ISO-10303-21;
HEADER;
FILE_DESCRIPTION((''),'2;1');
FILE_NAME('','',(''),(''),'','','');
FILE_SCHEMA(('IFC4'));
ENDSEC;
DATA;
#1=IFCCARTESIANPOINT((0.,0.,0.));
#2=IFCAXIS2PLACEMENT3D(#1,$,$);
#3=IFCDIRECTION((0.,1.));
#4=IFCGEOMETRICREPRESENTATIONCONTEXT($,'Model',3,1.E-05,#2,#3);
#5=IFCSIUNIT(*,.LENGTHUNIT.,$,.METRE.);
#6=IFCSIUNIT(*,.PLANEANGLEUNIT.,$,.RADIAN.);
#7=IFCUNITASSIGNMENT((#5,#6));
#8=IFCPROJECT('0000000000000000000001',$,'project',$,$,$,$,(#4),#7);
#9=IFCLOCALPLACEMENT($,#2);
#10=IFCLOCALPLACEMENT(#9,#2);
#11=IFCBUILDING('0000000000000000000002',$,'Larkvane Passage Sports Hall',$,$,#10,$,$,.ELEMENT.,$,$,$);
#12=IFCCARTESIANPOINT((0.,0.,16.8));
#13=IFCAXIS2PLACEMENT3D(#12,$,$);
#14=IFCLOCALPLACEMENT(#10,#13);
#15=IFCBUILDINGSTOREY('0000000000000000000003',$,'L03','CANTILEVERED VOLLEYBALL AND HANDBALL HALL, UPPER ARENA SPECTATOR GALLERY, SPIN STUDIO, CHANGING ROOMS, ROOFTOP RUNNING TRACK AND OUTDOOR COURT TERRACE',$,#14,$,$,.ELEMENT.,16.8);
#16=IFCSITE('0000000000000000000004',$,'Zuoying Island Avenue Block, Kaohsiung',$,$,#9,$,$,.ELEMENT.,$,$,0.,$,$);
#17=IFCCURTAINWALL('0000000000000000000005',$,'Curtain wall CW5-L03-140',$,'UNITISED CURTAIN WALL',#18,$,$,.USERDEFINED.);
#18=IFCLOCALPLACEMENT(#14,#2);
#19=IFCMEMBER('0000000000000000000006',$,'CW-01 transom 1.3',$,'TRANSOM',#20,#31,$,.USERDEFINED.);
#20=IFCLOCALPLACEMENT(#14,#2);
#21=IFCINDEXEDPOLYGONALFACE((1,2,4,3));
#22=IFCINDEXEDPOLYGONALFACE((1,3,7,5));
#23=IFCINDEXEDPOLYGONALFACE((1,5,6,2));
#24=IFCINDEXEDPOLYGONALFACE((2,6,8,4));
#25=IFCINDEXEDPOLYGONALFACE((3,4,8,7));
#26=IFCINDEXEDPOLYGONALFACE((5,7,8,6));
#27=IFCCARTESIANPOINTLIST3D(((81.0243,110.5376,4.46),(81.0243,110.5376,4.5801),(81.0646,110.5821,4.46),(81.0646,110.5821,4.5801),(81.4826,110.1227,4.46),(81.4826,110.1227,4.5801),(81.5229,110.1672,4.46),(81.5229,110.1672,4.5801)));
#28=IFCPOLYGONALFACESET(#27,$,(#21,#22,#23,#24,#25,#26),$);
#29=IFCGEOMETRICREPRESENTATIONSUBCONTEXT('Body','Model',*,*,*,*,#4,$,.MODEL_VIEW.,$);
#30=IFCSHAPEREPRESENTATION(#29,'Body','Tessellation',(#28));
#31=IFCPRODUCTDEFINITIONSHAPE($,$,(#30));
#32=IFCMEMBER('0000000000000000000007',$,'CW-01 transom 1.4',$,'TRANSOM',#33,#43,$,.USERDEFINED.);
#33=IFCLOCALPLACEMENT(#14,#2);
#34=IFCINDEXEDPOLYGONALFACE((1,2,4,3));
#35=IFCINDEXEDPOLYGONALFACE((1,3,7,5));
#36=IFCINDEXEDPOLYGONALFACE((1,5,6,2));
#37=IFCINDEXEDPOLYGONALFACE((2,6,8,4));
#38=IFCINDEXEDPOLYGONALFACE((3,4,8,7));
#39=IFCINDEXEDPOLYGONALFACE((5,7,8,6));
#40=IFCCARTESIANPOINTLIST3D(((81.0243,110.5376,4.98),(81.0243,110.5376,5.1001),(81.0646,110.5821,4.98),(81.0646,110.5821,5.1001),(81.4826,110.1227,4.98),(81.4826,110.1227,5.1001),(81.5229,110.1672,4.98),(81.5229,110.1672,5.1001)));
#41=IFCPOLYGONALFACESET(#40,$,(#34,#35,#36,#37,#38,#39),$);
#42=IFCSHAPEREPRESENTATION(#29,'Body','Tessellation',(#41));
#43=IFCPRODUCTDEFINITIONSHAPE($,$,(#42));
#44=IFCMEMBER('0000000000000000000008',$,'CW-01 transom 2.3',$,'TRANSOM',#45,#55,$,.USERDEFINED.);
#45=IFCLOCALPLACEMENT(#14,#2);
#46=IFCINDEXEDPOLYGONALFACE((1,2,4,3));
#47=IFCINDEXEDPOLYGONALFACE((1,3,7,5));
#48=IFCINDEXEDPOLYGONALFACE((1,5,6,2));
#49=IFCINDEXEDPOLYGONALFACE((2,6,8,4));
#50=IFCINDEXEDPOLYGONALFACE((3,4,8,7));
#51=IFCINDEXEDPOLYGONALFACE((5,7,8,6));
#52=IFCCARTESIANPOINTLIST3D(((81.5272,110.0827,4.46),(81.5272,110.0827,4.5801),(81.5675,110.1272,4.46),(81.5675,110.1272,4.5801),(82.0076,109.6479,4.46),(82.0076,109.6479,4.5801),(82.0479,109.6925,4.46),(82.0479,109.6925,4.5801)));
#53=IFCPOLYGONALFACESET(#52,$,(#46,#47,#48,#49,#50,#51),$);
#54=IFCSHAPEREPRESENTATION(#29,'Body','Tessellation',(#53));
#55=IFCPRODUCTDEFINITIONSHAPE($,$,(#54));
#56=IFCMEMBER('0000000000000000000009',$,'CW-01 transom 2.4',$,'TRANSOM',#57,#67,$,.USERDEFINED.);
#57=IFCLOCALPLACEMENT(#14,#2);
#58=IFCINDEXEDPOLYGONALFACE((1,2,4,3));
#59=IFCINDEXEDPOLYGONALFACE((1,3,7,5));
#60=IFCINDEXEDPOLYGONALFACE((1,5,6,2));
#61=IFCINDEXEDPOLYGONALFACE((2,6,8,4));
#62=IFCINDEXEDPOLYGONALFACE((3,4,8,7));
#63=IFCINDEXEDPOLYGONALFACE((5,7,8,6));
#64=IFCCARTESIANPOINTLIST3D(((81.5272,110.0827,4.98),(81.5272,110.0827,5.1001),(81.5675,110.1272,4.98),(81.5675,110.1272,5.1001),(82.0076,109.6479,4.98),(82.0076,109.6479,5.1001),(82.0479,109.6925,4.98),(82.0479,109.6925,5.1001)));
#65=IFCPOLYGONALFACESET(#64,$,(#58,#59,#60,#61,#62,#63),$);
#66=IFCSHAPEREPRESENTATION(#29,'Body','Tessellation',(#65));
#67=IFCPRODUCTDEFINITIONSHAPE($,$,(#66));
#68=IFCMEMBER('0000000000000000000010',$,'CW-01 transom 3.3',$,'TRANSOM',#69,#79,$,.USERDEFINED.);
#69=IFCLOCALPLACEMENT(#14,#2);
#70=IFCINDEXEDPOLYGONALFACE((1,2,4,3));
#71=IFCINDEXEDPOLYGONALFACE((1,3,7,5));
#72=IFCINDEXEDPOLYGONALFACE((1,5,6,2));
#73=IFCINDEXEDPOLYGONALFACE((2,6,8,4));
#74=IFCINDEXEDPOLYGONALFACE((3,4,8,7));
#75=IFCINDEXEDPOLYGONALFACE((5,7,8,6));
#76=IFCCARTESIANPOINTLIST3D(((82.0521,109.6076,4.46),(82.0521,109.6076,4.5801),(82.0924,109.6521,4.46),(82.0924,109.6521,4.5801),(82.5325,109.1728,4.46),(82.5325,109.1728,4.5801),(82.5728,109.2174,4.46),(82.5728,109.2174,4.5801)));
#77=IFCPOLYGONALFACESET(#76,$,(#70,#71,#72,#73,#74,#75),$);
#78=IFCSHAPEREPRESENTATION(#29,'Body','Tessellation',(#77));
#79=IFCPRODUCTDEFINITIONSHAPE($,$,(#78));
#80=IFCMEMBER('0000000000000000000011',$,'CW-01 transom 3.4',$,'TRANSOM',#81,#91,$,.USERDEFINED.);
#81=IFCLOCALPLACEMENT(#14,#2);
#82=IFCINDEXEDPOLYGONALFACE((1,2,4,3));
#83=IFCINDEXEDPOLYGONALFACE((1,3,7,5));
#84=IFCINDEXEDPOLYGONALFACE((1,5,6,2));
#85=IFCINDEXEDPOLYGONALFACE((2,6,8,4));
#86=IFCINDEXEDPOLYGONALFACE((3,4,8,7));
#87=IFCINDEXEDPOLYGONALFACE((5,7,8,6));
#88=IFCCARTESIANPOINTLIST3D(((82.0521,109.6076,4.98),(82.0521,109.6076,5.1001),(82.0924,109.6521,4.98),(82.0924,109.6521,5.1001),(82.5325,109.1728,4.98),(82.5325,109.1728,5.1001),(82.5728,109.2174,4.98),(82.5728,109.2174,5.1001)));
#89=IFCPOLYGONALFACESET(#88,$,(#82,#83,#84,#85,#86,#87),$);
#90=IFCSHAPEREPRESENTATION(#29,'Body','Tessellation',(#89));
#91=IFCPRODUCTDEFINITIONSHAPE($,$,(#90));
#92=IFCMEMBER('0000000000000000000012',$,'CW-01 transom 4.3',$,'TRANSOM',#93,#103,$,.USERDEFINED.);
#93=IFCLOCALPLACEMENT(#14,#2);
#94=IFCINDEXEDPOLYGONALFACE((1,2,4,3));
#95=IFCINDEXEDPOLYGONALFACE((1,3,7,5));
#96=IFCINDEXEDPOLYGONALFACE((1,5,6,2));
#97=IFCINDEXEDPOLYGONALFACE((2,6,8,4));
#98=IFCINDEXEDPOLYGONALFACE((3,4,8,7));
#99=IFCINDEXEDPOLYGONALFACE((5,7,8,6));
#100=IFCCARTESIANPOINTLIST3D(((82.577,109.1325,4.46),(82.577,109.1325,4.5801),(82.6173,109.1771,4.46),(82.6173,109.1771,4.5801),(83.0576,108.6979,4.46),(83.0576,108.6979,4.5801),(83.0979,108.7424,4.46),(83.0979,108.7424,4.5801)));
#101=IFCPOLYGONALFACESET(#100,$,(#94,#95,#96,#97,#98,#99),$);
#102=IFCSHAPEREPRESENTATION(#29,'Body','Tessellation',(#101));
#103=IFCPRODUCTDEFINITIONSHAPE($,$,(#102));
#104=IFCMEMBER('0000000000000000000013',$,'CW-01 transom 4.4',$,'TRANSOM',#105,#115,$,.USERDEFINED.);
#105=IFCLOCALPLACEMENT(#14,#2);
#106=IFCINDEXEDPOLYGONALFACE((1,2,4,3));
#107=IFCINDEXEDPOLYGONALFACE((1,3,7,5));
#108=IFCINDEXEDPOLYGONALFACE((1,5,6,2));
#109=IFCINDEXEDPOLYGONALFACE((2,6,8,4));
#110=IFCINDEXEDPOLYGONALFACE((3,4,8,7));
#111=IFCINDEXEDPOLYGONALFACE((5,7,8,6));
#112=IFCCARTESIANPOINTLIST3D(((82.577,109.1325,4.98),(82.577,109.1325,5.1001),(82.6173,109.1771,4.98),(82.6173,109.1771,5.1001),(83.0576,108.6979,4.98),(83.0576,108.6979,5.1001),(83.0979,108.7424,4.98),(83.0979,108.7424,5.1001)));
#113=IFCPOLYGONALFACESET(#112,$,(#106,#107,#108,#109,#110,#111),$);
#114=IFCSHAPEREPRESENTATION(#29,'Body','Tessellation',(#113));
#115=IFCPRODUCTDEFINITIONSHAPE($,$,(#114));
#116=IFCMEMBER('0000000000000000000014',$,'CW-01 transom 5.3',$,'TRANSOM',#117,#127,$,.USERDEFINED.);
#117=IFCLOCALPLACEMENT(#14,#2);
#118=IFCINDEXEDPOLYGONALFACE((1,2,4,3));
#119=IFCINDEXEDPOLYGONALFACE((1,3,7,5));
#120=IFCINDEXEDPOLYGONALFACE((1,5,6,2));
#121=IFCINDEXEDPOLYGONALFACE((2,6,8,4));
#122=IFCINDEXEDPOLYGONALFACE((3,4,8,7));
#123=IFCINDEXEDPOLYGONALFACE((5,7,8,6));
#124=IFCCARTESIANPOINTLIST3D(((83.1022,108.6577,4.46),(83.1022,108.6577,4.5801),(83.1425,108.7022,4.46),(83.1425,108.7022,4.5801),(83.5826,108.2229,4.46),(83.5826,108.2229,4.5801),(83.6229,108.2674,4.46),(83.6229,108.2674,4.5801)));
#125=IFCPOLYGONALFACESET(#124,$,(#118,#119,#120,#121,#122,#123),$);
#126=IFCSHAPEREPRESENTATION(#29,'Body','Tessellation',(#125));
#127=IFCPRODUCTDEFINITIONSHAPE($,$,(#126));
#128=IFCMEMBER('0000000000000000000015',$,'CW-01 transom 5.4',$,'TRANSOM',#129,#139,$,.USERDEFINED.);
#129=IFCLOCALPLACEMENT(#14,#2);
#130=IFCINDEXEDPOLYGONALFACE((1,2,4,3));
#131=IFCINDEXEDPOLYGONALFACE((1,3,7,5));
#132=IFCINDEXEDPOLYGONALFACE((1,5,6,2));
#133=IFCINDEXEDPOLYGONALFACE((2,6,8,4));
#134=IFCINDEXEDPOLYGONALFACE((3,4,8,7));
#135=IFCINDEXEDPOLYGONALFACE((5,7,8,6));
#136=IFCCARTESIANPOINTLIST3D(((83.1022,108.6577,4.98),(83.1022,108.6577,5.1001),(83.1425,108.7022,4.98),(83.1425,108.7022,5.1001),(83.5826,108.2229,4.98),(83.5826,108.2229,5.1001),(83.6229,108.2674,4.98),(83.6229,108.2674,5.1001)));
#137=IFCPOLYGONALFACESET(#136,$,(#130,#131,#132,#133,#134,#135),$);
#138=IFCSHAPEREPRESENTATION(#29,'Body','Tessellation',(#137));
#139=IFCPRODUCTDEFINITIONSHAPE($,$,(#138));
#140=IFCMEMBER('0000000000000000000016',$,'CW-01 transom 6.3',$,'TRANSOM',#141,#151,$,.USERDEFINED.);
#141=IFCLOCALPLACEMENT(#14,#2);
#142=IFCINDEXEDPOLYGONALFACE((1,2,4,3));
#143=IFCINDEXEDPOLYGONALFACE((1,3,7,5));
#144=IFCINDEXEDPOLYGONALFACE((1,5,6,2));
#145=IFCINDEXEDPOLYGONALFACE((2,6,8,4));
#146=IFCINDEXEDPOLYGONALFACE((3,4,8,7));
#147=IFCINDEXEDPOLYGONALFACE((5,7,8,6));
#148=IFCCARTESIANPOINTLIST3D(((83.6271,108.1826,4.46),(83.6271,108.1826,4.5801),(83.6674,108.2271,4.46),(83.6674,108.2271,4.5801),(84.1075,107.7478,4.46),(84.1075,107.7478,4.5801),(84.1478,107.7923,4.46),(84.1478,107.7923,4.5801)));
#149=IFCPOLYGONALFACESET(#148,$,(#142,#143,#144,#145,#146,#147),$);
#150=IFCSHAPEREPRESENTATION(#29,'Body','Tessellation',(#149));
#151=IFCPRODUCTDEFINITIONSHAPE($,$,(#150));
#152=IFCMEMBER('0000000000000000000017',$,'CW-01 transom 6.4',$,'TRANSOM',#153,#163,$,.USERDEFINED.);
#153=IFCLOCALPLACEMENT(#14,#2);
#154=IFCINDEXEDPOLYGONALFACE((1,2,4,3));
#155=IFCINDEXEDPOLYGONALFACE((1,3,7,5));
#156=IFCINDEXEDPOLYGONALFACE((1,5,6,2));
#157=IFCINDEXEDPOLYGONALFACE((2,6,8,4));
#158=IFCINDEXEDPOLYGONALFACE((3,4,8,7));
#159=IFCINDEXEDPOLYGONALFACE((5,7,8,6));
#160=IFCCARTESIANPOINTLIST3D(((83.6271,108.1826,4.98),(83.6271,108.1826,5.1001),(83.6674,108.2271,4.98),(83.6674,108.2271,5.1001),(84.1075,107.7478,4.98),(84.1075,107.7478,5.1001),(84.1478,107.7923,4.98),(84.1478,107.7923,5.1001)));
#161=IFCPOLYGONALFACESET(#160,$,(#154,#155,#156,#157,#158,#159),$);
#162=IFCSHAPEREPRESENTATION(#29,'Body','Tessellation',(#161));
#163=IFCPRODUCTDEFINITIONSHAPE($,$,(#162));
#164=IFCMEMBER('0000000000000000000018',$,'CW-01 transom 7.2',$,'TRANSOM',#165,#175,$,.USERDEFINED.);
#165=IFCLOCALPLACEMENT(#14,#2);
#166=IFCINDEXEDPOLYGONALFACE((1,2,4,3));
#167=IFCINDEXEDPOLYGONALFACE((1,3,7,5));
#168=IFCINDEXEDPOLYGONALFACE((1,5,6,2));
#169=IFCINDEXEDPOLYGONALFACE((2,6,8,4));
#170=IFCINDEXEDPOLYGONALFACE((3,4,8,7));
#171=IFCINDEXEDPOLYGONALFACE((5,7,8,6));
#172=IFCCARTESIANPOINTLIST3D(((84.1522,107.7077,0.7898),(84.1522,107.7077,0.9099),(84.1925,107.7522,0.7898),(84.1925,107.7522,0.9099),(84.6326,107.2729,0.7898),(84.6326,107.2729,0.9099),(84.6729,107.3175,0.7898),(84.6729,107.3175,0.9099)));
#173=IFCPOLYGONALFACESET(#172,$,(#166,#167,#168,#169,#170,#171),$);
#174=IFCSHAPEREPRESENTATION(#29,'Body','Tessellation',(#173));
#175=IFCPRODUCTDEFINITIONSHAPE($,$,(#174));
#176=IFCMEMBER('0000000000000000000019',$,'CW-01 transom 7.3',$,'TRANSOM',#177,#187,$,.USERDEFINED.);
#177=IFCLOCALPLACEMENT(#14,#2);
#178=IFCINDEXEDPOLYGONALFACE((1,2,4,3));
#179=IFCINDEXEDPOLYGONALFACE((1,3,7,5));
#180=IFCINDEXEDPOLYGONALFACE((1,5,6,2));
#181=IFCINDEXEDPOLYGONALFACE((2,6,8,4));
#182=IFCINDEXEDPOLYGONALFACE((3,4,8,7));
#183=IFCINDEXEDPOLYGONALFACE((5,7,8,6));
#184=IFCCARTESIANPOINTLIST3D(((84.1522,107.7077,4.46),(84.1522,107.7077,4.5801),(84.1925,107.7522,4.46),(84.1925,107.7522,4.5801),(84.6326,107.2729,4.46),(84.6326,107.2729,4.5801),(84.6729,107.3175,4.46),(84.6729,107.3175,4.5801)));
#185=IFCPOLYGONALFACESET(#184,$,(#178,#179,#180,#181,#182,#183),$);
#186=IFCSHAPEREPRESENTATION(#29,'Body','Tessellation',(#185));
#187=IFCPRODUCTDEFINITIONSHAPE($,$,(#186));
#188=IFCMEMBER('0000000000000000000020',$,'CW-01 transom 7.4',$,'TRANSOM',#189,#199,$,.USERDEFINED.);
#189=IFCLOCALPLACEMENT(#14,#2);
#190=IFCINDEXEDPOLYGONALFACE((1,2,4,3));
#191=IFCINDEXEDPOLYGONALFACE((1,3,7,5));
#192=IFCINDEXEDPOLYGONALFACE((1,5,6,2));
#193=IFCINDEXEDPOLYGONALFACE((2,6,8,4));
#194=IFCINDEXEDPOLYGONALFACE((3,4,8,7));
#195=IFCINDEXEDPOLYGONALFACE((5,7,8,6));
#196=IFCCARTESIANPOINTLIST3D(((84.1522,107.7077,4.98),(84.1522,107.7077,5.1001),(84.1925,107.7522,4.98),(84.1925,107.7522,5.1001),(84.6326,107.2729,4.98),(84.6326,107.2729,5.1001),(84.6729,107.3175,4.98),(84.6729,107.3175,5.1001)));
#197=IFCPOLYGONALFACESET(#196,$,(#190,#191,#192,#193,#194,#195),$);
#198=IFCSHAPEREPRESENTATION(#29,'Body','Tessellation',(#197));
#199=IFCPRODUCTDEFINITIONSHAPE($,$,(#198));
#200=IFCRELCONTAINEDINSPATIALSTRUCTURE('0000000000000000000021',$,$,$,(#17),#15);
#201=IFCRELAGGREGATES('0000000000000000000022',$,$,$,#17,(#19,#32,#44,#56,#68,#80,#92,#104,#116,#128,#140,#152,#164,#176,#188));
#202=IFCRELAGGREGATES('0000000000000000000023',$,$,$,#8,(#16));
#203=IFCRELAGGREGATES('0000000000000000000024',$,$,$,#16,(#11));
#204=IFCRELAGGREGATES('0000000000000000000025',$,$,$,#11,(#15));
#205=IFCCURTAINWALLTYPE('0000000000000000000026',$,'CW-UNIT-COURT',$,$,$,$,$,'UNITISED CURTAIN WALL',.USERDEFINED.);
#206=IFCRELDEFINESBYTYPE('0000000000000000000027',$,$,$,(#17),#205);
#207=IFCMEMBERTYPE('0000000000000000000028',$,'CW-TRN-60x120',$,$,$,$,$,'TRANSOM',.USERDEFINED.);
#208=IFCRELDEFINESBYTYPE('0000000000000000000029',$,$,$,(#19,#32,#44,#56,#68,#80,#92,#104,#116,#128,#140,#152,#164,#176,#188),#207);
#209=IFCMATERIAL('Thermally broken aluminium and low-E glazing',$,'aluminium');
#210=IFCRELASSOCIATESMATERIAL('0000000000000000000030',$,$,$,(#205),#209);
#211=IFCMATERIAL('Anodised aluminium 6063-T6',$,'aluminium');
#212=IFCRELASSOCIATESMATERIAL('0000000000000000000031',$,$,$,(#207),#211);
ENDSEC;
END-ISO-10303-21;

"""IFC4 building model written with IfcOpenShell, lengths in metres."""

from ifc_helpers import new_model, si_unit, direction, frame, origin, origin_2d, place, context, subcontext, project, spatial, rectangle, extrude, material, material_profile, profile_set, type_object, element, aggregate, save


model = new_model("IFC4")

# Units and contexts
model_context = context("Model", 3, precision=1e-05, world=origin(), true_north=direction((0.0, 1.0)))
body_context = subcontext(model_context, "Body", "Model", "MODEL_VIEW")
ifc_project = project(units=[si_unit("LENGTHUNIT", "METRE"), si_unit("PLANEANGLEUNIT", "RADIAN")], contexts=[model_context])

# Site, building, storey
site_placement = place(None, origin())
site = spatial("IfcSite", under=ifc_project, at=site_placement, Name="Zuoying Island Avenue Block, Kaohsiung", CompositionType="ELEMENT", RefElevation=0.0)
building_placement = place(site_placement, origin())
building = spatial("IfcBuilding", under=site, at=building_placement, Name="Larkvane Passage Sports Hall", CompositionType="ELEMENT")
storey_placement = place(building_placement, frame((0.0, 0.0, 16.8)))
storey = spatial("IfcBuildingStorey", under=building, at=storey_placement, Name="L03", Description="CANTILEVERED VOLLEYBALL AND HANDBALL HALL, UPPER ARENA SPECTATOR GALLERY, SPIN STUDIO, CHANGING ROOMS, ROOFTOP RUNNING TRACK AND OUTDOOR COURT TERRACE", CompositionType="ELEMENT", Elevation=16.8)

# Curtain wall, members
ifc_material_1 = material(Name="Thermally broken aluminium and low-E glazing", Category="aluminium")
curtain_wall_type = type_object("IfcCurtainWallType", Name="CW-UNIT-COURT", ElementType="UNITISED CURTAIN WALL", PredefinedType="USERDEFINED", material=ifc_material_1)
curtain_wall_placement = place(storey_placement, origin())
curtain_wall = element("IfcCurtainWall", 1, at=curtain_wall_placement, inside=storey, type_object=curtain_wall_type, Name="Curtain wall CW5-L03-140", ObjectType="UNITISED CURTAIN WALL", PredefinedType="USERDEFINED")
ifc_material_2 = material(Name="Anodised aluminium 6063-T6", Category="aluminium")
ifc_material_profile = material_profile(ifc_material_2, rectangle(XDim=0.0601, YDim=0.1201, at=origin_2d()), Name="ALU-TRN-60x120")
ifc_profile_set = profile_set([ifc_material_profile], Name="Anodised aluminium 6063-T6")
member_type = type_object("IfcMemberType", Name="CW-TRN-60x120", ElementType="TRANSOM", PredefinedType="USERDEFINED", material=ifc_profile_set)
member_1_placement = place(storey_placement, frame((81.0444, 110.5598, 4.52), z_axis=(0.741386, -0.671079, 0.0), x_axis=(0.671079, 0.741386, 0.0)))
member_1 = element("IfcMember", 2, at=member_1_placement, type_object=member_type, Name="CW-01 transom 1.3", ObjectType="TRANSOM", PredefinedType="USERDEFINED", context=body_context, shape_type="SweptSolid", body=[
    extrude(rectangle(XDim=0.0601, YDim=0.1201, at=origin_2d()), origin(), (0.0, 0.0, 1.0), 0.6182),
])
member_2_placement = place(storey_placement, frame((81.0444, 110.5598, 5.04), z_axis=(0.741386, -0.671079, 0.0), x_axis=(0.671079, 0.741386, 0.0)))
member_2 = element("IfcMember", 3, at=member_2_placement, type_object=member_type, Name="CW-01 transom 1.4", ObjectType="TRANSOM", PredefinedType="USERDEFINED", context=body_context, shape_type="SweptSolid", body=[
    extrude(rectangle(XDim=0.0601, YDim=0.1201, at=origin_2d()), origin(), (0.0, 0.0, 1.0), 0.6182),
])
member_3_placement = place(storey_placement, frame((81.5474, 110.105, 4.52), z_axis=(0.741455, -0.671002, 0.0), x_axis=(0.671002, 0.741455, 0.0)))
member_3 = element("IfcMember", 4, at=member_3_placement, type_object=member_type, Name="CW-01 transom 2.3", ObjectType="TRANSOM", PredefinedType="USERDEFINED", context=body_context, shape_type="SweptSolid", body=[
    extrude(rectangle(XDim=0.0601, YDim=0.1201, at=origin_2d()), origin(), (0.0, 0.0, 1.0), 0.6479),
])
member_4_placement = place(storey_placement, frame((81.5474, 110.105, 5.04), z_axis=(0.741455, -0.671002, 0.0), x_axis=(0.671002, 0.741455, 0.0)))
member_4 = element("IfcMember", 5, at=member_4_placement, type_object=member_type, Name="CW-01 transom 2.4", ObjectType="TRANSOM", PredefinedType="USERDEFINED", context=body_context, shape_type="SweptSolid", body=[
    extrude(rectangle(XDim=0.0601, YDim=0.1201, at=origin_2d()), origin(), (0.0, 0.0, 1.0), 0.6479),
])
member_5_placement = place(storey_placement, frame((82.0723, 109.6299, 4.52), z_axis=(0.741455, -0.671002, 0.0), x_axis=(0.671002, 0.741455, 0.0)))
member_5 = element("IfcMember", 6, at=member_5_placement, type_object=member_type, Name="CW-01 transom 3.3", ObjectType="TRANSOM", PredefinedType="USERDEFINED", context=body_context, shape_type="SweptSolid", body=[
    extrude(rectangle(XDim=0.0601, YDim=0.1201, at=origin_2d()), origin(), (0.0, 0.0, 1.0), 0.6479),
])
member_6_placement = place(storey_placement, frame((82.0723, 109.6299, 5.04), z_axis=(0.741455, -0.671002, 0.0), x_axis=(0.671002, 0.741455, 0.0)))
member_6 = element("IfcMember", 7, at=member_6_placement, type_object=member_type, Name="CW-01 transom 3.4", ObjectType="TRANSOM", PredefinedType="USERDEFINED", context=body_context, shape_type="SweptSolid", body=[
    extrude(rectangle(XDim=0.0601, YDim=0.1201, at=origin_2d()), origin(), (0.0, 0.0, 1.0), 0.6479),
])
member_7_placement = place(storey_placement, frame((82.5972, 109.1548, 4.52), z_axis=(0.741643, -0.670795, 0.0), x_axis=(0.670795, 0.741643, 0.0)))
member_7 = element("IfcMember", 8, at=member_7_placement, type_object=member_type, Name="CW-01 transom 4.3", ObjectType="TRANSOM", PredefinedType="USERDEFINED", context=body_context, shape_type="SweptSolid", body=[
    extrude(rectangle(XDim=0.0601, YDim=0.1201, at=origin_2d()), origin(), (0.0, 0.0, 1.0), 0.6479),
])
member_8_placement = place(storey_placement, frame((82.5972, 109.1548, 5.04), z_axis=(0.741643, -0.670795, 0.0), x_axis=(0.670795, 0.741643, 0.0)))
member_8 = element("IfcMember", 9, at=member_8_placement, type_object=member_type, Name="CW-01 transom 4.4", ObjectType="TRANSOM", PredefinedType="USERDEFINED", context=body_context, shape_type="SweptSolid", body=[
    extrude(rectangle(XDim=0.0601, YDim=0.1201, at=origin_2d()), origin(), (0.0, 0.0, 1.0), 0.6479),
])
member_9_placement = place(storey_placement, frame((83.1223, 108.6799, 4.52), z_axis=(0.741455, -0.671002, 0.0), x_axis=(0.671002, 0.741455, 0.0)))
member_9 = element("IfcMember", 10, at=member_9_placement, type_object=member_type, Name="CW-01 transom 5.3", ObjectType="TRANSOM", PredefinedType="USERDEFINED", context=body_context, shape_type="SweptSolid", body=[
    extrude(rectangle(XDim=0.0601, YDim=0.1201, at=origin_2d()), origin(), (0.0, 0.0, 1.0), 0.6479),
])
member_10_placement = place(storey_placement, frame((83.1223, 108.6799, 5.04), z_axis=(0.741455, -0.671002, 0.0), x_axis=(0.671002, 0.741455, 0.0)))
member_10 = element("IfcMember", 11, at=member_10_placement, type_object=member_type, Name="CW-01 transom 5.4", ObjectType="TRANSOM", PredefinedType="USERDEFINED", context=body_context, shape_type="SweptSolid", body=[
    extrude(rectangle(XDim=0.0601, YDim=0.1201, at=origin_2d()), origin(), (0.0, 0.0, 1.0), 0.6479),
])
member_11_placement = place(storey_placement, frame((83.6472, 108.2048, 4.52), z_axis=(0.741455, -0.671002, 0.0), x_axis=(0.671002, 0.741455, 0.0)))
member_11 = element("IfcMember", 12, at=member_11_placement, type_object=member_type, Name="CW-01 transom 6.3", ObjectType="TRANSOM", PredefinedType="USERDEFINED", context=body_context, shape_type="SweptSolid", body=[
    extrude(rectangle(XDim=0.0601, YDim=0.1201, at=origin_2d()), origin(), (0.0, 0.0, 1.0), 0.6479),
])
member_12_placement = place(storey_placement, frame((83.6472, 108.2048, 5.04), z_axis=(0.741455, -0.671002, 0.0), x_axis=(0.671002, 0.741455, 0.0)))
member_12 = element("IfcMember", 13, at=member_12_placement, type_object=member_type, Name="CW-01 transom 6.4", ObjectType="TRANSOM", PredefinedType="USERDEFINED", context=body_context, shape_type="SweptSolid", body=[
    extrude(rectangle(XDim=0.0601, YDim=0.1201, at=origin_2d()), origin(), (0.0, 0.0, 1.0), 0.6479),
])
member_13_placement = place(storey_placement, frame((84.1724, 107.73, 0.8499), z_axis=(0.741455, -0.671002, 0.0), x_axis=(0.671002, 0.741455, 0.0)))
member_13 = element("IfcMember", 14, at=member_13_placement, type_object=member_type, Name="CW-01 transom 7.2", ObjectType="TRANSOM", PredefinedType="USERDEFINED", context=body_context, shape_type="SweptSolid", body=[
    extrude(rectangle(XDim=0.0601, YDim=0.1201, at=origin_2d()), origin(), (0.0, 0.0, 1.0), 0.6479),
])
member_14_placement = place(storey_placement, frame((84.1724, 107.73, 4.52), z_axis=(0.741455, -0.671002, 0.0), x_axis=(0.671002, 0.741455, 0.0)))
member_14 = element("IfcMember", 15, at=member_14_placement, type_object=member_type, Name="CW-01 transom 7.3", ObjectType="TRANSOM", PredefinedType="USERDEFINED", context=body_context, shape_type="SweptSolid", body=[
    extrude(rectangle(XDim=0.0601, YDim=0.1201, at=origin_2d()), origin(), (0.0, 0.0, 1.0), 0.6479),
])
member_15_placement = place(storey_placement, frame((84.1724, 107.73, 5.04), z_axis=(0.741455, -0.671002, 0.0), x_axis=(0.671002, 0.741455, 0.0)))
member_15 = element("IfcMember", 16, at=member_15_placement, type_object=member_type, Name="CW-01 transom 7.4", ObjectType="TRANSOM", PredefinedType="USERDEFINED", context=body_context, shape_type="SweptSolid", body=[
    extrude(rectangle(XDim=0.0601, YDim=0.1201, at=origin_2d()), origin(), (0.0, 0.0, 1.0), 0.6479),
])
aggregate(curtain_wall, [member_1, member_2, member_3, member_4, member_5, member_6, member_7, member_8, member_9, member_10, member_11, member_12, member_13, member_14, member_15])

save(model, "model.ifc")
